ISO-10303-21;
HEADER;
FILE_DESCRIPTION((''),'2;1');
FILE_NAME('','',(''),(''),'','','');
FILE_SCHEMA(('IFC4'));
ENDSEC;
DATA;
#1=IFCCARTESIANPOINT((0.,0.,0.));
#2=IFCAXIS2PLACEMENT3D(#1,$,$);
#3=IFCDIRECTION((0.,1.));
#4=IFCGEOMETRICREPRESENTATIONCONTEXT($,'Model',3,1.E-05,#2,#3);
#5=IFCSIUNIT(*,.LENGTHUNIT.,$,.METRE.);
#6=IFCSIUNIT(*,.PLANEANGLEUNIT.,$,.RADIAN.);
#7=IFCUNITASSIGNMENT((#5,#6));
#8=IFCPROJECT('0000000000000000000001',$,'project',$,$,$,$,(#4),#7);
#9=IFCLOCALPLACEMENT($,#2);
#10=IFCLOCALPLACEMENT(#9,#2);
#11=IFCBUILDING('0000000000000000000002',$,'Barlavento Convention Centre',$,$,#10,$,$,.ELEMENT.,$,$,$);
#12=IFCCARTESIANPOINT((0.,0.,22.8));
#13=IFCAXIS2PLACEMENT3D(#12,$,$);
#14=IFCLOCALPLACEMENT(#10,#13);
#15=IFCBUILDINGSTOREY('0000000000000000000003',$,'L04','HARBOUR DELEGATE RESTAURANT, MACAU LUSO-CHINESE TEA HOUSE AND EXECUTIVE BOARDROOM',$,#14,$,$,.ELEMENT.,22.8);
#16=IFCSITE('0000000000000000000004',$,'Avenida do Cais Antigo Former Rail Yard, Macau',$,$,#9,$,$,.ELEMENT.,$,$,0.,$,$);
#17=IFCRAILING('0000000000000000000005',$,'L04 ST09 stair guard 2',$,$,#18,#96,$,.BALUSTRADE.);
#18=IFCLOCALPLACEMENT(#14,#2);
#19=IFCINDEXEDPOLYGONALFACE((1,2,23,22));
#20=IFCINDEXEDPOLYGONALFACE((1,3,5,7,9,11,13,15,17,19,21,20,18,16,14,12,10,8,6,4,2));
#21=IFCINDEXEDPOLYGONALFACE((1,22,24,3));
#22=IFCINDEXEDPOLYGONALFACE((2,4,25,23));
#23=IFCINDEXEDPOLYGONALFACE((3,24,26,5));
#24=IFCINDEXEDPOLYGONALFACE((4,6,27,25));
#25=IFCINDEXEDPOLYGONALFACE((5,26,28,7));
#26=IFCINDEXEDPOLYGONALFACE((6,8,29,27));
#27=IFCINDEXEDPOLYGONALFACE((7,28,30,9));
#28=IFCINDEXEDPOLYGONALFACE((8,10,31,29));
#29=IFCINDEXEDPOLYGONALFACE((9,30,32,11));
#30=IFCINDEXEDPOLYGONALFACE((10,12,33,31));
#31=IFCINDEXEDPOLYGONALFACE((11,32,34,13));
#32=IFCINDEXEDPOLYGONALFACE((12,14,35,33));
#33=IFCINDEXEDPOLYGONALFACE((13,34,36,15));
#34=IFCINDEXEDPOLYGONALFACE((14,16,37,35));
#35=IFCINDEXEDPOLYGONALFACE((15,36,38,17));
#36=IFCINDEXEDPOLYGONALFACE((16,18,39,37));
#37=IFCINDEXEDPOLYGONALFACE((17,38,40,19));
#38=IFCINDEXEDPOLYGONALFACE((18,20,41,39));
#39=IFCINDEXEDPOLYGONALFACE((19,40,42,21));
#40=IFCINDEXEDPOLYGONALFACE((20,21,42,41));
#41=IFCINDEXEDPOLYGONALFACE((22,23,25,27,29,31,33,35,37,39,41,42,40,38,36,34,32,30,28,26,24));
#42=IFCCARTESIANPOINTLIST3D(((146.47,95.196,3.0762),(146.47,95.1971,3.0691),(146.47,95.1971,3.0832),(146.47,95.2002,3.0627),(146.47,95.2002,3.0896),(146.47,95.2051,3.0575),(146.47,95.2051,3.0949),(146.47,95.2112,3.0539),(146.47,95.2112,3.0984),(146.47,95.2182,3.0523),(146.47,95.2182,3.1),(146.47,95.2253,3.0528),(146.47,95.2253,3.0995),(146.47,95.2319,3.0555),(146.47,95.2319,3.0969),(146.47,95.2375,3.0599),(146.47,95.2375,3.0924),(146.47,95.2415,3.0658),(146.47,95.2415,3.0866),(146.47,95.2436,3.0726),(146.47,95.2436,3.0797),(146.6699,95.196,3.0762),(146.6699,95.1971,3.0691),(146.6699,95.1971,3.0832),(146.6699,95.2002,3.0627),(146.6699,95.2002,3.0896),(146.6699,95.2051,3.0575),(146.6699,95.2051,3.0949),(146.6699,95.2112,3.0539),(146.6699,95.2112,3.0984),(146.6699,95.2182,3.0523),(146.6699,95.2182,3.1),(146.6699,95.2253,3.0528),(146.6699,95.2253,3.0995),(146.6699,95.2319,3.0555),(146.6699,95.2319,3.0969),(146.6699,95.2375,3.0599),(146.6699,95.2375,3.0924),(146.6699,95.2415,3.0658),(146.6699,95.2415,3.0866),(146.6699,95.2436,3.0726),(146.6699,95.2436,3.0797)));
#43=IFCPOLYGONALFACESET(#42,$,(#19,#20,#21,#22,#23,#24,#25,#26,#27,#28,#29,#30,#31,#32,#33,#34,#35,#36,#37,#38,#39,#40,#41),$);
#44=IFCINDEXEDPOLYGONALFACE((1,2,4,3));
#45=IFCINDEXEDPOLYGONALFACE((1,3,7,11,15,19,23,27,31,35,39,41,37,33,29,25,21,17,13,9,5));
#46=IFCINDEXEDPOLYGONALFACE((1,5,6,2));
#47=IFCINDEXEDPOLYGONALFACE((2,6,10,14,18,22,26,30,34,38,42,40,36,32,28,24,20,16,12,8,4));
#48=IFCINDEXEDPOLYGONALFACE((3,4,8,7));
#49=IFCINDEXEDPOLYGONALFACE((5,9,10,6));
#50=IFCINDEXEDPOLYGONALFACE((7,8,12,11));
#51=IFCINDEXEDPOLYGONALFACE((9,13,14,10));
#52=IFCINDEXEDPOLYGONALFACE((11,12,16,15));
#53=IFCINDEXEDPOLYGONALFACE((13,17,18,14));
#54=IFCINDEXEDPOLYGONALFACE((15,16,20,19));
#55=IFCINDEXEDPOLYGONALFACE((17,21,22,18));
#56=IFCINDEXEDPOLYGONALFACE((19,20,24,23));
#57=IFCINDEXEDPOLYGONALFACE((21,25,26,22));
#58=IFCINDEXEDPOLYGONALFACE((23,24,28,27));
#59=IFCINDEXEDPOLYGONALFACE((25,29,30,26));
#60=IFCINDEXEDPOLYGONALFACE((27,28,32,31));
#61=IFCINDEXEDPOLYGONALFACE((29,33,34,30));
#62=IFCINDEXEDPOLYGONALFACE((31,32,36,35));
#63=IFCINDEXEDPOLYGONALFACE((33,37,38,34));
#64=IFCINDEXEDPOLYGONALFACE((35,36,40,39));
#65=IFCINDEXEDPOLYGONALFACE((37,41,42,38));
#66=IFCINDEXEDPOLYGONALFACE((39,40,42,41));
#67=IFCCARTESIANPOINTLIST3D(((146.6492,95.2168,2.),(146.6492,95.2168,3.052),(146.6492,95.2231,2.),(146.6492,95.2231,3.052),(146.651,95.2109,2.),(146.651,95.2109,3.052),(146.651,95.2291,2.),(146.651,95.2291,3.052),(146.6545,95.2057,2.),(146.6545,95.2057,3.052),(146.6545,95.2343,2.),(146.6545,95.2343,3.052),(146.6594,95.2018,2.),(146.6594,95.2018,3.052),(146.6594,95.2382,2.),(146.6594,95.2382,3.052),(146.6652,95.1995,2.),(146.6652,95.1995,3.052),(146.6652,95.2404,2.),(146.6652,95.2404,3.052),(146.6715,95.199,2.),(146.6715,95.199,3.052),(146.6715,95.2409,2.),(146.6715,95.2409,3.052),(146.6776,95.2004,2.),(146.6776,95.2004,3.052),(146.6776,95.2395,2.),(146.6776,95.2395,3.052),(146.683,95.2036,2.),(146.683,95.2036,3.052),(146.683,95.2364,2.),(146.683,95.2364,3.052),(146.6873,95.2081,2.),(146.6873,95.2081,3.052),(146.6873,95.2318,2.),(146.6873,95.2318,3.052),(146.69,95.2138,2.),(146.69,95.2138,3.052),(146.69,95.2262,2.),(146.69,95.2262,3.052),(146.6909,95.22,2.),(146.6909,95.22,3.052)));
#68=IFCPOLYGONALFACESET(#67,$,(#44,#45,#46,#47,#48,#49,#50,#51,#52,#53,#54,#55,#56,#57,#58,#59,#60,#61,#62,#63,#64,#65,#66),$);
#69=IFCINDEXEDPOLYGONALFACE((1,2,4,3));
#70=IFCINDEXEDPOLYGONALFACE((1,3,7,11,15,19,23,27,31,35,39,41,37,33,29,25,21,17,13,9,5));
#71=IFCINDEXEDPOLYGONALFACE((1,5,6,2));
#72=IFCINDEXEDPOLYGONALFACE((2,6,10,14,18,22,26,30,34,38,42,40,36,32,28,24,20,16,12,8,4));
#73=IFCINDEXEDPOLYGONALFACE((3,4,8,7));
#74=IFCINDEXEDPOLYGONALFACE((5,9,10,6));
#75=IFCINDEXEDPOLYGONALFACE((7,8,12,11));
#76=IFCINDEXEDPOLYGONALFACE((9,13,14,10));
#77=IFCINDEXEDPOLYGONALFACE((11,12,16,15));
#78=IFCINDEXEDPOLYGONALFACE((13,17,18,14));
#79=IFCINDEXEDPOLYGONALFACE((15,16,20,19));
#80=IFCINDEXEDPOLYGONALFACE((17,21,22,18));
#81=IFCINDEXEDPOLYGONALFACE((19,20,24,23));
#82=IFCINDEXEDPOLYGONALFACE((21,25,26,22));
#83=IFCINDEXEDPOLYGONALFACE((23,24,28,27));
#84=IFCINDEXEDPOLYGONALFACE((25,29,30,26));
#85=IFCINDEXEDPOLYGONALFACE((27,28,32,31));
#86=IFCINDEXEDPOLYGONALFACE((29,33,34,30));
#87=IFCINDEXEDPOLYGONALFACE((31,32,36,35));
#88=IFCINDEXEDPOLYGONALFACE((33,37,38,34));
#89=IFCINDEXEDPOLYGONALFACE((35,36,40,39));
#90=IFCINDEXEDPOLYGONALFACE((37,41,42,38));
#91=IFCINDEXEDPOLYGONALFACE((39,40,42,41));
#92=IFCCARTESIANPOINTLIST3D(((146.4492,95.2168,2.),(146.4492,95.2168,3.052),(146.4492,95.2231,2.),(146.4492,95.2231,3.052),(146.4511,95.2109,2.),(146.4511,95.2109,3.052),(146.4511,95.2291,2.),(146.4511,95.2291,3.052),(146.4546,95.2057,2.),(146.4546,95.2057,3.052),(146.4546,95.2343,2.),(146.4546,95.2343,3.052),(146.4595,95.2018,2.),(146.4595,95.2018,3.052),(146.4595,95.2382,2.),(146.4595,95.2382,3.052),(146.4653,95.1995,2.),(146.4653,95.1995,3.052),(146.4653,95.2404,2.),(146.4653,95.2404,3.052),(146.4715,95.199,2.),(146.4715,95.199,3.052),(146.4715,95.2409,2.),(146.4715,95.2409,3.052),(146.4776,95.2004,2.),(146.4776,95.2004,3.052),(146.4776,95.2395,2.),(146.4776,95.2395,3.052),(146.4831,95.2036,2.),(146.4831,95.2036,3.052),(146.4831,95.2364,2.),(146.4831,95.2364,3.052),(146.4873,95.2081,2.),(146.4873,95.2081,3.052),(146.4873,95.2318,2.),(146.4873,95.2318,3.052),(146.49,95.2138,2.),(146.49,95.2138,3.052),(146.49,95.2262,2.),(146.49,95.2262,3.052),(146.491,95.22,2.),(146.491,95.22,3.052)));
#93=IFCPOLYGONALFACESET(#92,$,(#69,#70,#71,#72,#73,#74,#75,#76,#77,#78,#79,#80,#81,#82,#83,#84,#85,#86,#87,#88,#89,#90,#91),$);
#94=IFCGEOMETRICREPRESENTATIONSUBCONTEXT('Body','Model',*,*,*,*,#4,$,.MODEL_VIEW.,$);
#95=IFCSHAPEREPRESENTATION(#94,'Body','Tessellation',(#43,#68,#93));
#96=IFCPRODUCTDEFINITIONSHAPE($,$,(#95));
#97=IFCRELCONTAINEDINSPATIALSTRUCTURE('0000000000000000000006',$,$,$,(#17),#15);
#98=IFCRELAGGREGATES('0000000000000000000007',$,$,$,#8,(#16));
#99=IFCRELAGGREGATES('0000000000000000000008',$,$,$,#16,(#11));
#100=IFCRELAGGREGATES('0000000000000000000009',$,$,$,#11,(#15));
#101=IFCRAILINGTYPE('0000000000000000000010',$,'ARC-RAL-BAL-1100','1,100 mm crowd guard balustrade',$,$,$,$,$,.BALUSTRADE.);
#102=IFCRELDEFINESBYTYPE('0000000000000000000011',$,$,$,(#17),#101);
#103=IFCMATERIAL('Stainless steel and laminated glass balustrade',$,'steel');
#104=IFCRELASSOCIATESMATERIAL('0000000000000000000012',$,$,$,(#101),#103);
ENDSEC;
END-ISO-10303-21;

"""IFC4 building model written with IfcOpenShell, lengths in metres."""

from ifc_helpers import new_model, si_unit, direction, frame, origin, origin_2d, place, context, subcontext, project, spatial, circle, extrude, material, type_object, element, save


model = new_model("IFC4")

# Units and contexts
model_context = context("Model", 3, precision=1e-05, world=origin(), true_north=direction((0.0, 1.0)))
body_context = subcontext(model_context, "Body", "Model", "MODEL_VIEW")
ifc_project = project(units=[si_unit("LENGTHUNIT", "METRE"), si_unit("PLANEANGLEUNIT", "RADIAN")], contexts=[model_context])

# Site, building, storey
site_placement = place(None, origin())
site = spatial("IfcSite", under=ifc_project, at=site_placement, Name="Avenida do Cais Antigo Former Rail Yard, Macau", CompositionType="ELEMENT", RefElevation=0.0)
building_placement = place(site_placement, origin())
building = spatial("IfcBuilding", under=site, at=building_placement, Name="Barlavento Convention Centre", CompositionType="ELEMENT")
storey_placement = place(building_placement, frame((0.0, 0.0, 22.8)))
storey = spatial("IfcBuildingStorey", under=building, at=storey_placement, Name="L04", Description="HARBOUR DELEGATE RESTAURANT, MACAU LUSO-CHINESE TEA HOUSE AND EXECUTIVE BOARDROOM", CompositionType="ELEMENT", Elevation=22.8)

# Railing
ifc_material_1 = material(Name="Stainless steel and laminated glass balustrade", Category="steel")
railing_type_1 = type_object("IfcRailingType", Name="ARC-RAL-BAL-1100", Description="1,100 mm crowd guard balustrade", PredefinedType="BALUSTRADE", material=ifc_material_1)
railing_1_placement = place(storey_placement, frame((146.6699, 95.22, 2.0)))
element("IfcRailing", 1, at=railing_1_placement, inside=storey, type_object=railing_type_1, Name="L04 ST09 stair guard 2", PredefinedType="BALUSTRADE", context=body_context, shape_type="SweptSolid", body=[
    extrude(circle(Radius=0.0239, at=origin_2d()), frame((0.0, 0.0, 1.0762), z_axis=(-1.0, 0.0, 0.0), x_axis=(0.0, -1.0, 0.0)), (0.0, 0.0, 1.0), 0.2),
    extrude(circle(Radius=0.021, at=origin_2d()), origin(), (0.0, 0.0, 1.0), 1.052),
    extrude(circle(Radius=0.021, at=origin_2d()), frame((-0.2, 0.0, 0.0)), (0.0, 0.0, 1.0), 1.052),
])

save(model, "model.ifc")
